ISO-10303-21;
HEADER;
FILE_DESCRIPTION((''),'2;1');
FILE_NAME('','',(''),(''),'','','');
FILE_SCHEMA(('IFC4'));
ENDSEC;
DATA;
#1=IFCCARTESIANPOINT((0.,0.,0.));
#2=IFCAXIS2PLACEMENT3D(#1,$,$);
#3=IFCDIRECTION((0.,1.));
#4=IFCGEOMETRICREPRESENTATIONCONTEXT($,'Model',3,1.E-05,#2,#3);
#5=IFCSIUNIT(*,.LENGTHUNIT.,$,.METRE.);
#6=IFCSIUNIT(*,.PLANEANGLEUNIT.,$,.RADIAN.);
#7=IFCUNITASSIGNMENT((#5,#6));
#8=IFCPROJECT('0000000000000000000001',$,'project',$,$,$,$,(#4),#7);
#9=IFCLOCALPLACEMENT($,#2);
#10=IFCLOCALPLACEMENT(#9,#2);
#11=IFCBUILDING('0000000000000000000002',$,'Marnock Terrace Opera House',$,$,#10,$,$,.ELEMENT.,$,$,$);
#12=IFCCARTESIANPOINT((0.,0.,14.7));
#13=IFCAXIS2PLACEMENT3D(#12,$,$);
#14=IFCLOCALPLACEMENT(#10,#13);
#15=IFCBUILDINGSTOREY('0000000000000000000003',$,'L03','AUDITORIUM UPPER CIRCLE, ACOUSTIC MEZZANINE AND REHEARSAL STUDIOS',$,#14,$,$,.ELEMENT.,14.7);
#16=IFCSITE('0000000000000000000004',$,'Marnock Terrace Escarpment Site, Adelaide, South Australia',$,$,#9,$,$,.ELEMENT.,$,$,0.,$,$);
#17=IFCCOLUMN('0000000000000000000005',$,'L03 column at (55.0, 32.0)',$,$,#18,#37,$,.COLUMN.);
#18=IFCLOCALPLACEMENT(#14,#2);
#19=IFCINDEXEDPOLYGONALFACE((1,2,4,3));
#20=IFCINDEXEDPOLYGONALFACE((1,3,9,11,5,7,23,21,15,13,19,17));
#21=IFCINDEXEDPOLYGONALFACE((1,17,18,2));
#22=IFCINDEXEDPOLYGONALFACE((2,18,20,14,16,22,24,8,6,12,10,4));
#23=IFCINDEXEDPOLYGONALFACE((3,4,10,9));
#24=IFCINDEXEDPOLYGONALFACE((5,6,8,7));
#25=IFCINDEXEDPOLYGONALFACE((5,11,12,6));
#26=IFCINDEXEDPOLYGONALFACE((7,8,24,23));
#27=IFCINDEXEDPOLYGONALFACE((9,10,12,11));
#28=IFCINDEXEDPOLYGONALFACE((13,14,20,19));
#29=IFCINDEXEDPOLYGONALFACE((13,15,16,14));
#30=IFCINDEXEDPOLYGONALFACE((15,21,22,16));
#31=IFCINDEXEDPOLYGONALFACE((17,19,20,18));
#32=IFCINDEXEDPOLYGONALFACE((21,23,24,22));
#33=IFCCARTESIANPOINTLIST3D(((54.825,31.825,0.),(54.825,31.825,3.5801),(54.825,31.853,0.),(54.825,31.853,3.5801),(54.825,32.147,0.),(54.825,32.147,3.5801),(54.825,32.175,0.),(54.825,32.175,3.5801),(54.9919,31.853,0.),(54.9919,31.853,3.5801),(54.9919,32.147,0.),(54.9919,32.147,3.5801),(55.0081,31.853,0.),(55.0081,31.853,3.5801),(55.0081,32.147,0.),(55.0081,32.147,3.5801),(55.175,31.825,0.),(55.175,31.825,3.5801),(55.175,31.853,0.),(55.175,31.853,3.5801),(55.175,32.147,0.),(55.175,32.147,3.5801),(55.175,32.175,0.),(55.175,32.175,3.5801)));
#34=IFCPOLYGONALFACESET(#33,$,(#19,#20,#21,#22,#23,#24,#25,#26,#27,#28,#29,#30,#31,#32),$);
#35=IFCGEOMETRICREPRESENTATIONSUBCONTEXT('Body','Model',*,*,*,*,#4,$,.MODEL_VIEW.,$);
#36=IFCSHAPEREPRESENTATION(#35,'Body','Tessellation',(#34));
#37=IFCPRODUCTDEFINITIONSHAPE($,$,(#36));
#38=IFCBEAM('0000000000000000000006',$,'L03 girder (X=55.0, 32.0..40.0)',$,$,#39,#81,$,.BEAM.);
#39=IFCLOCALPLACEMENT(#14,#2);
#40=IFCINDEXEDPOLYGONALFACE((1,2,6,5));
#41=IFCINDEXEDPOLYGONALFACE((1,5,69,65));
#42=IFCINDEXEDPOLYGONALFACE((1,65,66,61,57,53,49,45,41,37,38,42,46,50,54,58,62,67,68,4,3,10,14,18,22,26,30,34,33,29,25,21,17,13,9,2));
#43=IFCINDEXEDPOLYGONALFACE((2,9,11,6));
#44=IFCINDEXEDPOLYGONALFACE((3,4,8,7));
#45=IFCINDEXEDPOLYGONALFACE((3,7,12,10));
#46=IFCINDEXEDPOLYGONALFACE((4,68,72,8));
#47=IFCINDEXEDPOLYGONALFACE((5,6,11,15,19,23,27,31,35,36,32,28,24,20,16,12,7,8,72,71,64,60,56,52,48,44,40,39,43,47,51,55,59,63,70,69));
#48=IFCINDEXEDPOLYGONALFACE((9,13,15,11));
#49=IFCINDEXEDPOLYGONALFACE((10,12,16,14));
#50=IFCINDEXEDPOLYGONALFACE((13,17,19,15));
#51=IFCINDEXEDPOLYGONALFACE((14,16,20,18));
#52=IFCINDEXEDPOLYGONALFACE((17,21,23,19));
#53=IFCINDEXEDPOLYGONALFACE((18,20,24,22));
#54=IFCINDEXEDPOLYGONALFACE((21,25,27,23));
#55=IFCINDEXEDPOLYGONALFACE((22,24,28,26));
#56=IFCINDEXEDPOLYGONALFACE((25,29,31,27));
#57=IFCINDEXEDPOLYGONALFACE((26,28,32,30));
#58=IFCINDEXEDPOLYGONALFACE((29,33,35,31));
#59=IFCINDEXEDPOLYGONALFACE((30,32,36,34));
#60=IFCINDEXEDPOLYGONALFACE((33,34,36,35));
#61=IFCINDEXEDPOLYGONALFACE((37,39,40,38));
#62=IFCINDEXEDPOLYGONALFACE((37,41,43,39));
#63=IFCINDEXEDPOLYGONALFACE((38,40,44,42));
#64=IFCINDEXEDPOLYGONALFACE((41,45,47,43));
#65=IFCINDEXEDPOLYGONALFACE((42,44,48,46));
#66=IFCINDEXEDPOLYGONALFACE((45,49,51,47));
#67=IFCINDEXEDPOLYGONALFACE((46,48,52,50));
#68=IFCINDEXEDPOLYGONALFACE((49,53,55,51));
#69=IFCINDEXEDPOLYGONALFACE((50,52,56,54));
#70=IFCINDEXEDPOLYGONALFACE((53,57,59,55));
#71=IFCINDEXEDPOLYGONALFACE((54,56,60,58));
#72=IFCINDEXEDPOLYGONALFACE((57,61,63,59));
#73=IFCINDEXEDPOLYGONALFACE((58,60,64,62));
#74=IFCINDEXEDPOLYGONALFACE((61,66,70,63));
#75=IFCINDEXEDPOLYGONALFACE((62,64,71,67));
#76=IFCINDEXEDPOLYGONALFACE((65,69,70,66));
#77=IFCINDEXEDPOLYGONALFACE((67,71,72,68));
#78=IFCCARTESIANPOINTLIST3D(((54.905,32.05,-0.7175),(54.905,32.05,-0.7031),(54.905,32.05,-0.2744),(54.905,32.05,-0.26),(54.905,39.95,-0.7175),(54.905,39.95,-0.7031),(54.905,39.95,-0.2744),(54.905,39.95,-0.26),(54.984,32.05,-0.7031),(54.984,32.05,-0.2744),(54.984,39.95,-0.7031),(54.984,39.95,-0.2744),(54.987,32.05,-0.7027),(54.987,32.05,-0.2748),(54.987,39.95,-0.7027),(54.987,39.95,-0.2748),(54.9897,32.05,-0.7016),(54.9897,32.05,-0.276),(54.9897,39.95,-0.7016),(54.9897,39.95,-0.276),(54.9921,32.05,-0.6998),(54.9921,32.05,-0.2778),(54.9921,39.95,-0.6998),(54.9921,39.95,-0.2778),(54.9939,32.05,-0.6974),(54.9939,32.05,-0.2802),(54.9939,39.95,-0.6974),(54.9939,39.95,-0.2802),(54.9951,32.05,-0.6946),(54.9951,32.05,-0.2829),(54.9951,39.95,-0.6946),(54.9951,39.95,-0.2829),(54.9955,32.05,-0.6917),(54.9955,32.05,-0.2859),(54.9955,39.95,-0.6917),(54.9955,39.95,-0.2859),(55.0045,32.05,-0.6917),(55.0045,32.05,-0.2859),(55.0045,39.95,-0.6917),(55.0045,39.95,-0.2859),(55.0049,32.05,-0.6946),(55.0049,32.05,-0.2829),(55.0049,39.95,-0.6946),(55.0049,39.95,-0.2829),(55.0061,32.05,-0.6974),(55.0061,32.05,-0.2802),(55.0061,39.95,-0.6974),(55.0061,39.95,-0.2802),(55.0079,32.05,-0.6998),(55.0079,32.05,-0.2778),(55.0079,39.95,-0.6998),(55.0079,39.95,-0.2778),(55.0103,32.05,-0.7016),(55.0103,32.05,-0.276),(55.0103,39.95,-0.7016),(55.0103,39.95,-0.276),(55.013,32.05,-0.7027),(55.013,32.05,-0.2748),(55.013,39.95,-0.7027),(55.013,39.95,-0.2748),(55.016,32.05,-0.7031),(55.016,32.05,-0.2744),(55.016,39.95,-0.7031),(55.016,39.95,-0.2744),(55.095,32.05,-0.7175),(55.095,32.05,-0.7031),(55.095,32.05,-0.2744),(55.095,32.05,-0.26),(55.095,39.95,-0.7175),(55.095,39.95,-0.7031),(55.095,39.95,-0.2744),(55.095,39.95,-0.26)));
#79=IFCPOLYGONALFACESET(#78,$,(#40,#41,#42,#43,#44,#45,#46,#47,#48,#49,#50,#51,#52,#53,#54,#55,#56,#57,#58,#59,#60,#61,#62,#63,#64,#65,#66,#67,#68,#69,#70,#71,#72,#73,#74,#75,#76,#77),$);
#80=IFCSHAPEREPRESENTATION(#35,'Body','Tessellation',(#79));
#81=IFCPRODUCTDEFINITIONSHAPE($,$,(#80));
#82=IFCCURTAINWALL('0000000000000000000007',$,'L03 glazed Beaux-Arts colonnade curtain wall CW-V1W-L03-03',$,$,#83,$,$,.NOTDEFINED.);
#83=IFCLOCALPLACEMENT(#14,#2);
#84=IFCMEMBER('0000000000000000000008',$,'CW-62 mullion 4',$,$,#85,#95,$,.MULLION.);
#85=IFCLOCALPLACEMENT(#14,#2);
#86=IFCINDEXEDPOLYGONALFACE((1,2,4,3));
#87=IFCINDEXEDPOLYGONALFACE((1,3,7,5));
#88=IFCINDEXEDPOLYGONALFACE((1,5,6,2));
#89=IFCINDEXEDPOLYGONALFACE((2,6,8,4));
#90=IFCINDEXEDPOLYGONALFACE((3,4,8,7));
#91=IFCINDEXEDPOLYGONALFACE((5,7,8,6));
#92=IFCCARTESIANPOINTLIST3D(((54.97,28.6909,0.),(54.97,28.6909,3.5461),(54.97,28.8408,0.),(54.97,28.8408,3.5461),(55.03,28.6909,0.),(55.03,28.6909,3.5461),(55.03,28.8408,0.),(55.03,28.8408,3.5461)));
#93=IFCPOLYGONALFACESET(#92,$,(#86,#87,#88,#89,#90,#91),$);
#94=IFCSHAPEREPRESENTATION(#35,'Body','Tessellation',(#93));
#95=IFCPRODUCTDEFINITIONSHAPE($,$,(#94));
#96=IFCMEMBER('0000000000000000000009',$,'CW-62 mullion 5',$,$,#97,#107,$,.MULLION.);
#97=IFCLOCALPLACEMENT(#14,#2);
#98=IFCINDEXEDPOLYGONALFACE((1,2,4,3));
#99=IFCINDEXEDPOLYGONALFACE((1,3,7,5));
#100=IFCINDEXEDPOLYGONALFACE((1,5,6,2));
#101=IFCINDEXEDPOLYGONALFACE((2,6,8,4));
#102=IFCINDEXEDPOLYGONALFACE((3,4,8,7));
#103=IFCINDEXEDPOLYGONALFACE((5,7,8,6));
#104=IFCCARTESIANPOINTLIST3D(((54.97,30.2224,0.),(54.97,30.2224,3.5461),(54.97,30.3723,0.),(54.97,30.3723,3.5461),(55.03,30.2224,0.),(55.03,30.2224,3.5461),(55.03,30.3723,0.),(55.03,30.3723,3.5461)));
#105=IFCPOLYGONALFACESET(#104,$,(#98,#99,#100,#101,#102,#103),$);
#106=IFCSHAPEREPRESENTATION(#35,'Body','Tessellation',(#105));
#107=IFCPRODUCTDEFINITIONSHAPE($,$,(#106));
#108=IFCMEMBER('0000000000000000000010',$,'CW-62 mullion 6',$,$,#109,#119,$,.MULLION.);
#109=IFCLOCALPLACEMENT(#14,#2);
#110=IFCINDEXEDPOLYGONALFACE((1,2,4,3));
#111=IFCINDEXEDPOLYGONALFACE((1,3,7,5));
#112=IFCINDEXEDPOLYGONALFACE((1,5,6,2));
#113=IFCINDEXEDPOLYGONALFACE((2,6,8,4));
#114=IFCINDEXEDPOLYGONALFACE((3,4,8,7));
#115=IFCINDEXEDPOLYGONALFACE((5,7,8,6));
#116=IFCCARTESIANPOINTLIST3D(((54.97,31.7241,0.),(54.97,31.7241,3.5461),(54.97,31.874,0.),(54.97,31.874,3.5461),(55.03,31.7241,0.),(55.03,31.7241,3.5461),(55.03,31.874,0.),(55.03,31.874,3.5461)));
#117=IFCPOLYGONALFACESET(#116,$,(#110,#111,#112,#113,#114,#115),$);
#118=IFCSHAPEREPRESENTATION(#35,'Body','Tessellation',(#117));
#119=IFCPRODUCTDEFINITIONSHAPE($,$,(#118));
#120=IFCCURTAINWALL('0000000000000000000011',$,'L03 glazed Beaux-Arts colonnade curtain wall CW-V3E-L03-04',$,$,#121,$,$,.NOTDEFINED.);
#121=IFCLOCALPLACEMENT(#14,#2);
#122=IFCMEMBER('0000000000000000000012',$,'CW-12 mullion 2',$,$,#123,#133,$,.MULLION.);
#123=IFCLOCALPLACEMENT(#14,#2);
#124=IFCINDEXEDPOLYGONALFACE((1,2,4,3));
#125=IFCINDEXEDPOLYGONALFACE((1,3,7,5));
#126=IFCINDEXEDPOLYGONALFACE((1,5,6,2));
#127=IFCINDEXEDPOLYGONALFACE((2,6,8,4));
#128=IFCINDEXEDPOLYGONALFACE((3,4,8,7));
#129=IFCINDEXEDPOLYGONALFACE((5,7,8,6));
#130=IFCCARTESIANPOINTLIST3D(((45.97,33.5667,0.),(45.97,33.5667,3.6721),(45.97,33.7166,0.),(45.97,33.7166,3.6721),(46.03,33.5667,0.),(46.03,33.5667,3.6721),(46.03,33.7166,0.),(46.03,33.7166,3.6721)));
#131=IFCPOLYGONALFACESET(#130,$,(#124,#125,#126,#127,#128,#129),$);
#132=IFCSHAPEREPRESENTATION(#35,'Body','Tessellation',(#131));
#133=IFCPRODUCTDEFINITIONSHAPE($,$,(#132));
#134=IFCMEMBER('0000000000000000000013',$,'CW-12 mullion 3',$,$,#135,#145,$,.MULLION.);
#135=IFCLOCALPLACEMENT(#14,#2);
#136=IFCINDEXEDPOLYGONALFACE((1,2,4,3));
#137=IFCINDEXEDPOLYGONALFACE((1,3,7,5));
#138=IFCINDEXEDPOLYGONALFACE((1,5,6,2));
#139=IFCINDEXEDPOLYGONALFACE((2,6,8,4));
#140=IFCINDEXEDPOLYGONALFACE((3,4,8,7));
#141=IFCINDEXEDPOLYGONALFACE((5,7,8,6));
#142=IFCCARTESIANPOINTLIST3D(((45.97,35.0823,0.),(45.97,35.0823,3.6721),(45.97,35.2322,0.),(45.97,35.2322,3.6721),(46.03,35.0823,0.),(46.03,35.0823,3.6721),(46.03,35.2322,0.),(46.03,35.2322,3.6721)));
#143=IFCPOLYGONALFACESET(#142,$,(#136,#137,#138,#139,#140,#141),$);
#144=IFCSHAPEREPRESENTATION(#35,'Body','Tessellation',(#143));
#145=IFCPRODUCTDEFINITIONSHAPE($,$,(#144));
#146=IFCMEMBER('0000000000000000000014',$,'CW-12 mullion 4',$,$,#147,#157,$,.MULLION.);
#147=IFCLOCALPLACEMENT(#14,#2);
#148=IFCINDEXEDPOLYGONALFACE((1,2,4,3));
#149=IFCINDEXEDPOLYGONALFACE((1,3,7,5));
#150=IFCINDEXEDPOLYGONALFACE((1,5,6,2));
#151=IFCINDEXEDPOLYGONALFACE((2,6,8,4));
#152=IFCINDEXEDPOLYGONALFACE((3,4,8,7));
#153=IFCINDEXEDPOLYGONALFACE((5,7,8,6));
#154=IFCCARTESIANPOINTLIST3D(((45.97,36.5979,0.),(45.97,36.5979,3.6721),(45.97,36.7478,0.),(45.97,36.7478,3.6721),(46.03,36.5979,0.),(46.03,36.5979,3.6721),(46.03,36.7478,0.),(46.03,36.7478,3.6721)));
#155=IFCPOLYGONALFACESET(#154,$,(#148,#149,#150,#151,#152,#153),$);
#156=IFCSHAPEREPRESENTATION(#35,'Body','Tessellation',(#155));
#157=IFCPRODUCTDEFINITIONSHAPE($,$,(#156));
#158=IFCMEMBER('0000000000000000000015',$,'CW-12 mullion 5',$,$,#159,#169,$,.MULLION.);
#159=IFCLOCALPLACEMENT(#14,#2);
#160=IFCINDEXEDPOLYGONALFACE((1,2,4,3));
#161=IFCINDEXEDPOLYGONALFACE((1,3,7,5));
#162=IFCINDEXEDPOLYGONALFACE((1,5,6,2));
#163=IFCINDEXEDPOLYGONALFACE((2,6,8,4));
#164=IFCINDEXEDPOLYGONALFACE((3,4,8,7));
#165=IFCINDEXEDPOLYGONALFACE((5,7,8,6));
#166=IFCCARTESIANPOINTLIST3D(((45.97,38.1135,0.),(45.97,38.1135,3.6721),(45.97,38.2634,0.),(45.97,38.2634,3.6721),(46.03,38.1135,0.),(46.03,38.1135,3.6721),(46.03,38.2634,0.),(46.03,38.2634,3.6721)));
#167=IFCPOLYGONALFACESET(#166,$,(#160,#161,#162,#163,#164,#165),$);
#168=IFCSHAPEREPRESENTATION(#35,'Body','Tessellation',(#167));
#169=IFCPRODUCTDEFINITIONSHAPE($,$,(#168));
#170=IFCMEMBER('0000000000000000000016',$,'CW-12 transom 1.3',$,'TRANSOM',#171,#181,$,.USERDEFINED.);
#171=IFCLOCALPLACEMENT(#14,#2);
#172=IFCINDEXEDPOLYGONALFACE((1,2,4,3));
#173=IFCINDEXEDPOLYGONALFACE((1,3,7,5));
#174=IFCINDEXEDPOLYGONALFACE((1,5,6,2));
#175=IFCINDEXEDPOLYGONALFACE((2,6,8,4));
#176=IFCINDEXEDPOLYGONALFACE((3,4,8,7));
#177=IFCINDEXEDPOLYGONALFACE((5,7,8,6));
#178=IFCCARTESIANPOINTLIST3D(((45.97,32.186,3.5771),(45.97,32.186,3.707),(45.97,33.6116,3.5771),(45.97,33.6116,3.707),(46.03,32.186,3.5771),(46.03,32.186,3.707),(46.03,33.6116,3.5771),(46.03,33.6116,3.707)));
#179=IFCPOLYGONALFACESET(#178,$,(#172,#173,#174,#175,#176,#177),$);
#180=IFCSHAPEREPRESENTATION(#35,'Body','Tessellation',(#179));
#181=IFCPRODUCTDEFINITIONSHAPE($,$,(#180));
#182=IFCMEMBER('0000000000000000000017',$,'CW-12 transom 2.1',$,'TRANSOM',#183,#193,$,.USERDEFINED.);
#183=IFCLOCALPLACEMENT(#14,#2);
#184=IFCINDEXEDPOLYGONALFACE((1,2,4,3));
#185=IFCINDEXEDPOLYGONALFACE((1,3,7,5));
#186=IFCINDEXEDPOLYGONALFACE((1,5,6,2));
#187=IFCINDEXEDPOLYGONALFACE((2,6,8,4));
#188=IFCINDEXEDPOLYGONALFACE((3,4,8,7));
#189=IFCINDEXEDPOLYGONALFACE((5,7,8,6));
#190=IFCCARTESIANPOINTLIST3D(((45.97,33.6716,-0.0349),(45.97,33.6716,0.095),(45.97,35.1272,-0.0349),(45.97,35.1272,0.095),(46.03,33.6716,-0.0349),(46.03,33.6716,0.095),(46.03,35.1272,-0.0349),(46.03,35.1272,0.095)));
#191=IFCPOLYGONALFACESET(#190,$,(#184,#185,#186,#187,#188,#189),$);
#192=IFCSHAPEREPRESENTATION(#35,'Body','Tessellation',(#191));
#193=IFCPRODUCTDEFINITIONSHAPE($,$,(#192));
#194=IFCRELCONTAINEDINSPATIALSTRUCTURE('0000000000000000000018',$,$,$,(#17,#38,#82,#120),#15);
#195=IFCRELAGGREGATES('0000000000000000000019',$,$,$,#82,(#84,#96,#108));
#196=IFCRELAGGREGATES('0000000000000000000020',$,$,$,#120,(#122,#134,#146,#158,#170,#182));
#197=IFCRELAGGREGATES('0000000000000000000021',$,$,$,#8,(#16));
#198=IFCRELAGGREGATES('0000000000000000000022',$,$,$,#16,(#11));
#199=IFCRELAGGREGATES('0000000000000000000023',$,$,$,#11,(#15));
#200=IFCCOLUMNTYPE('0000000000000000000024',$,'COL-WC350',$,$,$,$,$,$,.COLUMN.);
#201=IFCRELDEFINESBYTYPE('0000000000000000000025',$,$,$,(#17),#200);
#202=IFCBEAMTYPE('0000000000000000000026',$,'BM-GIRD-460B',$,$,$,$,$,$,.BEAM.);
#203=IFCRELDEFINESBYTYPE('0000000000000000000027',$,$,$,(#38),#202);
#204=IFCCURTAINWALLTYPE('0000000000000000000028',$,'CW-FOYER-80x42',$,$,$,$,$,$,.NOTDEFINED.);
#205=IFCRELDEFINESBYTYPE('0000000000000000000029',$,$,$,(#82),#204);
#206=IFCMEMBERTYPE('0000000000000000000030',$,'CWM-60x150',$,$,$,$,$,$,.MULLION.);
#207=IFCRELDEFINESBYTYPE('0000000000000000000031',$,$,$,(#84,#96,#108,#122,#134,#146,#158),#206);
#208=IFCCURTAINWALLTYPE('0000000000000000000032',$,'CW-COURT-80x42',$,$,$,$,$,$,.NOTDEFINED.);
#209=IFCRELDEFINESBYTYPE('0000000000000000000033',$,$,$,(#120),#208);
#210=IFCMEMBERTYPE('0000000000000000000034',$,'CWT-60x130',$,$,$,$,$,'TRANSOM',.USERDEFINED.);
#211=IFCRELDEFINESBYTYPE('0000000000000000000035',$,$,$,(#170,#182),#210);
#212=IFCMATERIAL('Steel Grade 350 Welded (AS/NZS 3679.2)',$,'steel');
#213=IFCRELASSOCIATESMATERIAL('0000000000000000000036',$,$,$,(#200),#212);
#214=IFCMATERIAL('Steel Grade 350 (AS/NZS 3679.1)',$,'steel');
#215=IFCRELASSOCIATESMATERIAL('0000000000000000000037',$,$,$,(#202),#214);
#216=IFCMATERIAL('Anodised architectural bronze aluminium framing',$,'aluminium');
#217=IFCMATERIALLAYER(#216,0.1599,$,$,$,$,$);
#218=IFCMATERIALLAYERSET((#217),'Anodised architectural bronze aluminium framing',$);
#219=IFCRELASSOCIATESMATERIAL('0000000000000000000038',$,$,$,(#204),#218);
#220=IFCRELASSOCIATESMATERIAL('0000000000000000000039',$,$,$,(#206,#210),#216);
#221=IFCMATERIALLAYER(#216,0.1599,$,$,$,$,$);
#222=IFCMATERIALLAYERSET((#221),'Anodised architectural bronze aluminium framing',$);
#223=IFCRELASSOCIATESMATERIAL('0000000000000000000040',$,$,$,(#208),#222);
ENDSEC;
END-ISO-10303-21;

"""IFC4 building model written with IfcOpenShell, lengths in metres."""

from ifc_helpers import new_model, si_unit, direction, frame, origin, origin_2d, place, context, subcontext, project, spatial, rectangle, i_section, extrude, material, layer, layer_set, material_profile, profile_set, type_object, element, aggregate, save


model = new_model("IFC4")

# Units and contexts
model_context = context("Model", 3, precision=1e-05, world=origin(), true_north=direction((0.0, 1.0)))
body_context = subcontext(model_context, "Body", "Model", "MODEL_VIEW")
ifc_project = project(units=[si_unit("LENGTHUNIT", "METRE"), si_unit("PLANEANGLEUNIT", "RADIAN")], contexts=[model_context])

# Site, building, storey
site_placement = place(None, origin())
site = spatial("IfcSite", under=ifc_project, at=site_placement, Name="Marnock Terrace Escarpment Site, Adelaide, South Australia", CompositionType="ELEMENT", RefElevation=0.0)
building_placement = place(site_placement, origin())
building = spatial("IfcBuilding", under=site, at=building_placement, Name="Marnock Terrace Opera House", CompositionType="ELEMENT")
storey_placement = place(building_placement, frame((0.0, 0.0, 14.7)))
storey = spatial("IfcBuildingStorey", under=building, at=storey_placement, Name="L03", Description="AUDITORIUM UPPER CIRCLE, ACOUSTIC MEZZANINE AND REHEARSAL STUDIOS", CompositionType="ELEMENT", Elevation=14.7)

# Column
ifc_material_1 = material(Name="Steel Grade 350 Welded (AS/NZS 3679.2)", Category="steel")
ifc_material_profile_1 = material_profile(ifc_material_1, i_section(OverallWidth=0.3501, OverallDepth=0.3501, WebThickness=0.0161, FlangeThickness=0.0281, at=origin_2d()))
ifc_profile_set_1 = profile_set([ifc_material_profile_1], Name="Steel Grade 350 Welded (AS/NZS 3679.2)")
column_type = type_object("IfcColumnType", Name="COL-WC350", PredefinedType="COLUMN", material=ifc_profile_set_1)
column_placement = place(storey_placement, frame((55.0, 32.0, 0.0), z_axis=(0.0, 0.0, 1.0), x_axis=(1.0, 0.0, 0.0)))
element("IfcColumn", 1, at=column_placement, inside=storey, type_object=column_type, Name="L03 column at (55.0, 32.0)", PredefinedType="COLUMN", context=body_context, shape_type="SweptSolid", body=[
    extrude(i_section(OverallWidth=0.3501, OverallDepth=0.3501, WebThickness=0.0161, FlangeThickness=0.0281, at=origin_2d()), origin(), (0.0, 0.0, 1.0), 3.5801),
])

# Beam
ifc_material_2 = material(Name="Steel Grade 350 (AS/NZS 3679.1)", Category="steel")
ifc_material_profile_2 = material_profile(ifc_material_2, i_section(OverallWidth=0.1899, OverallDepth=0.4575, WebThickness=0.009, FlangeThickness=0.0144, FilletRadius=0.0115, at=origin_2d()))
ifc_profile_set_2 = profile_set([ifc_material_profile_2], Name="Steel Grade 350 (AS/NZS 3679.1)")
beam_type = type_object("IfcBeamType", Name="BM-GIRD-460B", PredefinedType="BEAM", material=ifc_profile_set_2)
beam_placement = place(storey_placement, frame((55.0, 32.05, -0.4888), z_axis=(0.0, 1.0, 0.0), x_axis=(-1.0, 0.0, 0.0)))
element("IfcBeam", 2, at=beam_placement, inside=storey, type_object=beam_type, Name="L03 girder (X=55.0, 32.0..40.0)", PredefinedType="BEAM", context=body_context, shape_type="SweptSolid", body=[
    extrude(i_section(OverallWidth=0.1899, OverallDepth=0.4575, WebThickness=0.009, FlangeThickness=0.0144, FilletRadius=0.0115, at=origin_2d()), origin(), (0.0, 0.0, 1.0), 7.8999),
])

# Curtain wall, members
ifc_material_3 = material(Name="Anodised architectural bronze aluminium framing", Category="aluminium")
ifc_layer_1 = layer(ifc_material_3, 0.1599)
ifc_layer_set_1 = layer_set([ifc_layer_1], Name="Anodised architectural bronze aluminium framing")
curtain_wall_type_1 = type_object("IfcCurtainWallType", Name="CW-FOYER-80x42", PredefinedType="NOTDEFINED", material=ifc_layer_set_1)
curtain_wall_1_placement = place(storey_placement, origin())
curtain_wall_1 = element("IfcCurtainWall", 3, at=curtain_wall_1_placement, inside=storey, type_object=curtain_wall_type_1, Name="L03 glazed Beaux-Arts colonnade curtain wall CW-V1W-L03-03", PredefinedType="NOTDEFINED")
ifc_material_profile_3 = material_profile(ifc_material_3, rectangle(XDim=0.0601, YDim=0.1499, at=origin_2d()))
ifc_profile_set_3 = profile_set([ifc_material_profile_3], Name="Anodised architectural bronze aluminium framing")
member_type_1 = type_object("IfcMemberType", Name="CWM-60x150", PredefinedType="MULLION", material=ifc_profile_set_3)
member_1_placement = place(storey_placement, frame((55.0, 28.7659, 0.0), z_axis=(0.0, 0.0, 1.0), x_axis=(-1.0, 0.0, 0.0)))
member_1 = element("IfcMember", 4, at=member_1_placement, type_object=member_type_1, Name="CW-62 mullion 4", PredefinedType="MULLION", context=body_context, shape_type="SweptSolid", body=[
    extrude(rectangle(XDim=0.0601, YDim=0.1499, at=origin_2d()), origin(), (0.0, 0.0, 1.0), 3.5461),
])
member_2_placement = place(storey_placement, frame((55.0, 30.2974, 0.0), z_axis=(0.0, 0.0, 1.0), x_axis=(-1.0, 0.0, 0.0)))
member_2 = element("IfcMember", 5, at=member_2_placement, type_object=member_type_1, Name="CW-62 mullion 5", PredefinedType="MULLION", context=body_context, shape_type="SweptSolid", body=[
    extrude(rectangle(XDim=0.0601, YDim=0.1499, at=origin_2d()), origin(), (0.0, 0.0, 1.0), 3.5461),
])
member_3_placement = place(storey_placement, frame((55.0, 31.7991, 0.0), z_axis=(0.0, 0.0, 1.0), x_axis=(-1.0, 0.0, 0.0)))
member_3 = element("IfcMember", 6, at=member_3_placement, type_object=member_type_1, Name="CW-62 mullion 6", PredefinedType="MULLION", context=body_context, shape_type="SweptSolid", body=[
    extrude(rectangle(XDim=0.0601, YDim=0.1499, at=origin_2d()), origin(), (0.0, 0.0, 1.0), 3.5461),
])
aggregate(curtain_wall_1, [member_1, member_2, member_3])

# Curtain wall, members
ifc_layer_2 = layer(ifc_material_3, 0.1599)
ifc_layer_set_2 = layer_set([ifc_layer_2], Name="Anodised architectural bronze aluminium framing")
curtain_wall_type_2 = type_object("IfcCurtainWallType", Name="CW-COURT-80x42", PredefinedType="NOTDEFINED", material=ifc_layer_set_2)
curtain_wall_2_placement = place(storey_placement, origin())
curtain_wall_2 = element("IfcCurtainWall", 7, at=curtain_wall_2_placement, inside=storey, type_object=curtain_wall_type_2, Name="L03 glazed Beaux-Arts colonnade curtain wall CW-V3E-L03-04", PredefinedType="NOTDEFINED")
member_4_placement = place(storey_placement, frame((46.0, 33.6416, 0.0), z_axis=(0.0, 0.0, 1.0), x_axis=(-1.0, 0.0, 0.0)))
member_4 = element("IfcMember", 8, at=member_4_placement, type_object=member_type_1, Name="CW-12 mullion 2", PredefinedType="MULLION", context=body_context, shape_type="SweptSolid", body=[
    extrude(rectangle(XDim=0.0601, YDim=0.1499, at=origin_2d()), origin(), (0.0, 0.0, 1.0), 3.6721),
])
member_5_placement = place(storey_placement, frame((46.0, 35.1572, 0.0), z_axis=(0.0, 0.0, 1.0), x_axis=(-1.0, 0.0, 0.0)))
member_5 = element("IfcMember", 9, at=member_5_placement, type_object=member_type_1, Name="CW-12 mullion 3", PredefinedType="MULLION", context=body_context, shape_type="SweptSolid", body=[
    extrude(rectangle(XDim=0.0601, YDim=0.1499, at=origin_2d()), origin(), (0.0, 0.0, 1.0), 3.6721),
])
member_6_placement = place(storey_placement, frame((46.0, 36.6729, 0.0), z_axis=(0.0, 0.0, 1.0), x_axis=(-1.0, 0.0, 0.0)))
member_6 = element("IfcMember", 10, at=member_6_placement, type_object=member_type_1, Name="CW-12 mullion 4", PredefinedType="MULLION", context=body_context, shape_type="SweptSolid", body=[
    extrude(rectangle(XDim=0.0601, YDim=0.1499, at=origin_2d()), origin(), (0.0, 0.0, 1.0), 3.6721),
])
member_7_placement = place(storey_placement, frame((46.0, 38.1885, 0.0), z_axis=(0.0, 0.0, 1.0), x_axis=(-1.0, 0.0, 0.0)))
member_7 = element("IfcMember", 11, at=member_7_placement, type_object=member_type_1, Name="CW-12 mullion 5", PredefinedType="MULLION", context=body_context, shape_type="SweptSolid", body=[
    extrude(rectangle(XDim=0.0601, YDim=0.1499, at=origin_2d()), origin(), (0.0, 0.0, 1.0), 3.6721),
])
ifc_material_profile_4 = material_profile(ifc_material_3, rectangle(XDim=0.0601, YDim=0.1299, at=origin_2d()))
ifc_profile_set_4 = profile_set([ifc_material_profile_4], Name="Anodised architectural bronze aluminium framing")
member_type_2 = type_object("IfcMemberType", Name="CWT-60x130", ElementType="TRANSOM", PredefinedType="USERDEFINED", material=ifc_profile_set_4)
member_8_placement = place(storey_placement, frame((46.0, 32.186, 3.6421), z_axis=(0.0, 1.0, 0.0), x_axis=(-1.0, 0.0, 0.0)))
member_8 = element("IfcMember", 12, at=member_8_placement, type_object=member_type_2, Name="CW-12 transom 1.3", ObjectType="TRANSOM", PredefinedType="USERDEFINED", context=body_context, shape_type="SweptSolid", body=[
    extrude(rectangle(XDim=0.0601, YDim=0.1299, at=origin_2d()), origin(), (0.0, 0.0, 1.0), 1.4255),
])
member_9_placement = place(storey_placement, frame((46.0, 33.6716, 0.03), z_axis=(0.0, 1.0, 0.0), x_axis=(-1.0, 0.0, 0.0)))
member_9 = element("IfcMember", 13, at=member_9_placement, type_object=member_type_2, Name="CW-12 transom 2.1", ObjectType="TRANSOM", PredefinedType="USERDEFINED", context=body_context, shape_type="SweptSolid", body=[
    extrude(rectangle(XDim=0.0601, YDim=0.1299, at=origin_2d()), origin(), (0.0, 0.0, 1.0), 1.4556),
])
aggregate(curtain_wall_2, [member_4, member_5, member_6, member_7, member_8, member_9])

save(model, "model.ifc")
